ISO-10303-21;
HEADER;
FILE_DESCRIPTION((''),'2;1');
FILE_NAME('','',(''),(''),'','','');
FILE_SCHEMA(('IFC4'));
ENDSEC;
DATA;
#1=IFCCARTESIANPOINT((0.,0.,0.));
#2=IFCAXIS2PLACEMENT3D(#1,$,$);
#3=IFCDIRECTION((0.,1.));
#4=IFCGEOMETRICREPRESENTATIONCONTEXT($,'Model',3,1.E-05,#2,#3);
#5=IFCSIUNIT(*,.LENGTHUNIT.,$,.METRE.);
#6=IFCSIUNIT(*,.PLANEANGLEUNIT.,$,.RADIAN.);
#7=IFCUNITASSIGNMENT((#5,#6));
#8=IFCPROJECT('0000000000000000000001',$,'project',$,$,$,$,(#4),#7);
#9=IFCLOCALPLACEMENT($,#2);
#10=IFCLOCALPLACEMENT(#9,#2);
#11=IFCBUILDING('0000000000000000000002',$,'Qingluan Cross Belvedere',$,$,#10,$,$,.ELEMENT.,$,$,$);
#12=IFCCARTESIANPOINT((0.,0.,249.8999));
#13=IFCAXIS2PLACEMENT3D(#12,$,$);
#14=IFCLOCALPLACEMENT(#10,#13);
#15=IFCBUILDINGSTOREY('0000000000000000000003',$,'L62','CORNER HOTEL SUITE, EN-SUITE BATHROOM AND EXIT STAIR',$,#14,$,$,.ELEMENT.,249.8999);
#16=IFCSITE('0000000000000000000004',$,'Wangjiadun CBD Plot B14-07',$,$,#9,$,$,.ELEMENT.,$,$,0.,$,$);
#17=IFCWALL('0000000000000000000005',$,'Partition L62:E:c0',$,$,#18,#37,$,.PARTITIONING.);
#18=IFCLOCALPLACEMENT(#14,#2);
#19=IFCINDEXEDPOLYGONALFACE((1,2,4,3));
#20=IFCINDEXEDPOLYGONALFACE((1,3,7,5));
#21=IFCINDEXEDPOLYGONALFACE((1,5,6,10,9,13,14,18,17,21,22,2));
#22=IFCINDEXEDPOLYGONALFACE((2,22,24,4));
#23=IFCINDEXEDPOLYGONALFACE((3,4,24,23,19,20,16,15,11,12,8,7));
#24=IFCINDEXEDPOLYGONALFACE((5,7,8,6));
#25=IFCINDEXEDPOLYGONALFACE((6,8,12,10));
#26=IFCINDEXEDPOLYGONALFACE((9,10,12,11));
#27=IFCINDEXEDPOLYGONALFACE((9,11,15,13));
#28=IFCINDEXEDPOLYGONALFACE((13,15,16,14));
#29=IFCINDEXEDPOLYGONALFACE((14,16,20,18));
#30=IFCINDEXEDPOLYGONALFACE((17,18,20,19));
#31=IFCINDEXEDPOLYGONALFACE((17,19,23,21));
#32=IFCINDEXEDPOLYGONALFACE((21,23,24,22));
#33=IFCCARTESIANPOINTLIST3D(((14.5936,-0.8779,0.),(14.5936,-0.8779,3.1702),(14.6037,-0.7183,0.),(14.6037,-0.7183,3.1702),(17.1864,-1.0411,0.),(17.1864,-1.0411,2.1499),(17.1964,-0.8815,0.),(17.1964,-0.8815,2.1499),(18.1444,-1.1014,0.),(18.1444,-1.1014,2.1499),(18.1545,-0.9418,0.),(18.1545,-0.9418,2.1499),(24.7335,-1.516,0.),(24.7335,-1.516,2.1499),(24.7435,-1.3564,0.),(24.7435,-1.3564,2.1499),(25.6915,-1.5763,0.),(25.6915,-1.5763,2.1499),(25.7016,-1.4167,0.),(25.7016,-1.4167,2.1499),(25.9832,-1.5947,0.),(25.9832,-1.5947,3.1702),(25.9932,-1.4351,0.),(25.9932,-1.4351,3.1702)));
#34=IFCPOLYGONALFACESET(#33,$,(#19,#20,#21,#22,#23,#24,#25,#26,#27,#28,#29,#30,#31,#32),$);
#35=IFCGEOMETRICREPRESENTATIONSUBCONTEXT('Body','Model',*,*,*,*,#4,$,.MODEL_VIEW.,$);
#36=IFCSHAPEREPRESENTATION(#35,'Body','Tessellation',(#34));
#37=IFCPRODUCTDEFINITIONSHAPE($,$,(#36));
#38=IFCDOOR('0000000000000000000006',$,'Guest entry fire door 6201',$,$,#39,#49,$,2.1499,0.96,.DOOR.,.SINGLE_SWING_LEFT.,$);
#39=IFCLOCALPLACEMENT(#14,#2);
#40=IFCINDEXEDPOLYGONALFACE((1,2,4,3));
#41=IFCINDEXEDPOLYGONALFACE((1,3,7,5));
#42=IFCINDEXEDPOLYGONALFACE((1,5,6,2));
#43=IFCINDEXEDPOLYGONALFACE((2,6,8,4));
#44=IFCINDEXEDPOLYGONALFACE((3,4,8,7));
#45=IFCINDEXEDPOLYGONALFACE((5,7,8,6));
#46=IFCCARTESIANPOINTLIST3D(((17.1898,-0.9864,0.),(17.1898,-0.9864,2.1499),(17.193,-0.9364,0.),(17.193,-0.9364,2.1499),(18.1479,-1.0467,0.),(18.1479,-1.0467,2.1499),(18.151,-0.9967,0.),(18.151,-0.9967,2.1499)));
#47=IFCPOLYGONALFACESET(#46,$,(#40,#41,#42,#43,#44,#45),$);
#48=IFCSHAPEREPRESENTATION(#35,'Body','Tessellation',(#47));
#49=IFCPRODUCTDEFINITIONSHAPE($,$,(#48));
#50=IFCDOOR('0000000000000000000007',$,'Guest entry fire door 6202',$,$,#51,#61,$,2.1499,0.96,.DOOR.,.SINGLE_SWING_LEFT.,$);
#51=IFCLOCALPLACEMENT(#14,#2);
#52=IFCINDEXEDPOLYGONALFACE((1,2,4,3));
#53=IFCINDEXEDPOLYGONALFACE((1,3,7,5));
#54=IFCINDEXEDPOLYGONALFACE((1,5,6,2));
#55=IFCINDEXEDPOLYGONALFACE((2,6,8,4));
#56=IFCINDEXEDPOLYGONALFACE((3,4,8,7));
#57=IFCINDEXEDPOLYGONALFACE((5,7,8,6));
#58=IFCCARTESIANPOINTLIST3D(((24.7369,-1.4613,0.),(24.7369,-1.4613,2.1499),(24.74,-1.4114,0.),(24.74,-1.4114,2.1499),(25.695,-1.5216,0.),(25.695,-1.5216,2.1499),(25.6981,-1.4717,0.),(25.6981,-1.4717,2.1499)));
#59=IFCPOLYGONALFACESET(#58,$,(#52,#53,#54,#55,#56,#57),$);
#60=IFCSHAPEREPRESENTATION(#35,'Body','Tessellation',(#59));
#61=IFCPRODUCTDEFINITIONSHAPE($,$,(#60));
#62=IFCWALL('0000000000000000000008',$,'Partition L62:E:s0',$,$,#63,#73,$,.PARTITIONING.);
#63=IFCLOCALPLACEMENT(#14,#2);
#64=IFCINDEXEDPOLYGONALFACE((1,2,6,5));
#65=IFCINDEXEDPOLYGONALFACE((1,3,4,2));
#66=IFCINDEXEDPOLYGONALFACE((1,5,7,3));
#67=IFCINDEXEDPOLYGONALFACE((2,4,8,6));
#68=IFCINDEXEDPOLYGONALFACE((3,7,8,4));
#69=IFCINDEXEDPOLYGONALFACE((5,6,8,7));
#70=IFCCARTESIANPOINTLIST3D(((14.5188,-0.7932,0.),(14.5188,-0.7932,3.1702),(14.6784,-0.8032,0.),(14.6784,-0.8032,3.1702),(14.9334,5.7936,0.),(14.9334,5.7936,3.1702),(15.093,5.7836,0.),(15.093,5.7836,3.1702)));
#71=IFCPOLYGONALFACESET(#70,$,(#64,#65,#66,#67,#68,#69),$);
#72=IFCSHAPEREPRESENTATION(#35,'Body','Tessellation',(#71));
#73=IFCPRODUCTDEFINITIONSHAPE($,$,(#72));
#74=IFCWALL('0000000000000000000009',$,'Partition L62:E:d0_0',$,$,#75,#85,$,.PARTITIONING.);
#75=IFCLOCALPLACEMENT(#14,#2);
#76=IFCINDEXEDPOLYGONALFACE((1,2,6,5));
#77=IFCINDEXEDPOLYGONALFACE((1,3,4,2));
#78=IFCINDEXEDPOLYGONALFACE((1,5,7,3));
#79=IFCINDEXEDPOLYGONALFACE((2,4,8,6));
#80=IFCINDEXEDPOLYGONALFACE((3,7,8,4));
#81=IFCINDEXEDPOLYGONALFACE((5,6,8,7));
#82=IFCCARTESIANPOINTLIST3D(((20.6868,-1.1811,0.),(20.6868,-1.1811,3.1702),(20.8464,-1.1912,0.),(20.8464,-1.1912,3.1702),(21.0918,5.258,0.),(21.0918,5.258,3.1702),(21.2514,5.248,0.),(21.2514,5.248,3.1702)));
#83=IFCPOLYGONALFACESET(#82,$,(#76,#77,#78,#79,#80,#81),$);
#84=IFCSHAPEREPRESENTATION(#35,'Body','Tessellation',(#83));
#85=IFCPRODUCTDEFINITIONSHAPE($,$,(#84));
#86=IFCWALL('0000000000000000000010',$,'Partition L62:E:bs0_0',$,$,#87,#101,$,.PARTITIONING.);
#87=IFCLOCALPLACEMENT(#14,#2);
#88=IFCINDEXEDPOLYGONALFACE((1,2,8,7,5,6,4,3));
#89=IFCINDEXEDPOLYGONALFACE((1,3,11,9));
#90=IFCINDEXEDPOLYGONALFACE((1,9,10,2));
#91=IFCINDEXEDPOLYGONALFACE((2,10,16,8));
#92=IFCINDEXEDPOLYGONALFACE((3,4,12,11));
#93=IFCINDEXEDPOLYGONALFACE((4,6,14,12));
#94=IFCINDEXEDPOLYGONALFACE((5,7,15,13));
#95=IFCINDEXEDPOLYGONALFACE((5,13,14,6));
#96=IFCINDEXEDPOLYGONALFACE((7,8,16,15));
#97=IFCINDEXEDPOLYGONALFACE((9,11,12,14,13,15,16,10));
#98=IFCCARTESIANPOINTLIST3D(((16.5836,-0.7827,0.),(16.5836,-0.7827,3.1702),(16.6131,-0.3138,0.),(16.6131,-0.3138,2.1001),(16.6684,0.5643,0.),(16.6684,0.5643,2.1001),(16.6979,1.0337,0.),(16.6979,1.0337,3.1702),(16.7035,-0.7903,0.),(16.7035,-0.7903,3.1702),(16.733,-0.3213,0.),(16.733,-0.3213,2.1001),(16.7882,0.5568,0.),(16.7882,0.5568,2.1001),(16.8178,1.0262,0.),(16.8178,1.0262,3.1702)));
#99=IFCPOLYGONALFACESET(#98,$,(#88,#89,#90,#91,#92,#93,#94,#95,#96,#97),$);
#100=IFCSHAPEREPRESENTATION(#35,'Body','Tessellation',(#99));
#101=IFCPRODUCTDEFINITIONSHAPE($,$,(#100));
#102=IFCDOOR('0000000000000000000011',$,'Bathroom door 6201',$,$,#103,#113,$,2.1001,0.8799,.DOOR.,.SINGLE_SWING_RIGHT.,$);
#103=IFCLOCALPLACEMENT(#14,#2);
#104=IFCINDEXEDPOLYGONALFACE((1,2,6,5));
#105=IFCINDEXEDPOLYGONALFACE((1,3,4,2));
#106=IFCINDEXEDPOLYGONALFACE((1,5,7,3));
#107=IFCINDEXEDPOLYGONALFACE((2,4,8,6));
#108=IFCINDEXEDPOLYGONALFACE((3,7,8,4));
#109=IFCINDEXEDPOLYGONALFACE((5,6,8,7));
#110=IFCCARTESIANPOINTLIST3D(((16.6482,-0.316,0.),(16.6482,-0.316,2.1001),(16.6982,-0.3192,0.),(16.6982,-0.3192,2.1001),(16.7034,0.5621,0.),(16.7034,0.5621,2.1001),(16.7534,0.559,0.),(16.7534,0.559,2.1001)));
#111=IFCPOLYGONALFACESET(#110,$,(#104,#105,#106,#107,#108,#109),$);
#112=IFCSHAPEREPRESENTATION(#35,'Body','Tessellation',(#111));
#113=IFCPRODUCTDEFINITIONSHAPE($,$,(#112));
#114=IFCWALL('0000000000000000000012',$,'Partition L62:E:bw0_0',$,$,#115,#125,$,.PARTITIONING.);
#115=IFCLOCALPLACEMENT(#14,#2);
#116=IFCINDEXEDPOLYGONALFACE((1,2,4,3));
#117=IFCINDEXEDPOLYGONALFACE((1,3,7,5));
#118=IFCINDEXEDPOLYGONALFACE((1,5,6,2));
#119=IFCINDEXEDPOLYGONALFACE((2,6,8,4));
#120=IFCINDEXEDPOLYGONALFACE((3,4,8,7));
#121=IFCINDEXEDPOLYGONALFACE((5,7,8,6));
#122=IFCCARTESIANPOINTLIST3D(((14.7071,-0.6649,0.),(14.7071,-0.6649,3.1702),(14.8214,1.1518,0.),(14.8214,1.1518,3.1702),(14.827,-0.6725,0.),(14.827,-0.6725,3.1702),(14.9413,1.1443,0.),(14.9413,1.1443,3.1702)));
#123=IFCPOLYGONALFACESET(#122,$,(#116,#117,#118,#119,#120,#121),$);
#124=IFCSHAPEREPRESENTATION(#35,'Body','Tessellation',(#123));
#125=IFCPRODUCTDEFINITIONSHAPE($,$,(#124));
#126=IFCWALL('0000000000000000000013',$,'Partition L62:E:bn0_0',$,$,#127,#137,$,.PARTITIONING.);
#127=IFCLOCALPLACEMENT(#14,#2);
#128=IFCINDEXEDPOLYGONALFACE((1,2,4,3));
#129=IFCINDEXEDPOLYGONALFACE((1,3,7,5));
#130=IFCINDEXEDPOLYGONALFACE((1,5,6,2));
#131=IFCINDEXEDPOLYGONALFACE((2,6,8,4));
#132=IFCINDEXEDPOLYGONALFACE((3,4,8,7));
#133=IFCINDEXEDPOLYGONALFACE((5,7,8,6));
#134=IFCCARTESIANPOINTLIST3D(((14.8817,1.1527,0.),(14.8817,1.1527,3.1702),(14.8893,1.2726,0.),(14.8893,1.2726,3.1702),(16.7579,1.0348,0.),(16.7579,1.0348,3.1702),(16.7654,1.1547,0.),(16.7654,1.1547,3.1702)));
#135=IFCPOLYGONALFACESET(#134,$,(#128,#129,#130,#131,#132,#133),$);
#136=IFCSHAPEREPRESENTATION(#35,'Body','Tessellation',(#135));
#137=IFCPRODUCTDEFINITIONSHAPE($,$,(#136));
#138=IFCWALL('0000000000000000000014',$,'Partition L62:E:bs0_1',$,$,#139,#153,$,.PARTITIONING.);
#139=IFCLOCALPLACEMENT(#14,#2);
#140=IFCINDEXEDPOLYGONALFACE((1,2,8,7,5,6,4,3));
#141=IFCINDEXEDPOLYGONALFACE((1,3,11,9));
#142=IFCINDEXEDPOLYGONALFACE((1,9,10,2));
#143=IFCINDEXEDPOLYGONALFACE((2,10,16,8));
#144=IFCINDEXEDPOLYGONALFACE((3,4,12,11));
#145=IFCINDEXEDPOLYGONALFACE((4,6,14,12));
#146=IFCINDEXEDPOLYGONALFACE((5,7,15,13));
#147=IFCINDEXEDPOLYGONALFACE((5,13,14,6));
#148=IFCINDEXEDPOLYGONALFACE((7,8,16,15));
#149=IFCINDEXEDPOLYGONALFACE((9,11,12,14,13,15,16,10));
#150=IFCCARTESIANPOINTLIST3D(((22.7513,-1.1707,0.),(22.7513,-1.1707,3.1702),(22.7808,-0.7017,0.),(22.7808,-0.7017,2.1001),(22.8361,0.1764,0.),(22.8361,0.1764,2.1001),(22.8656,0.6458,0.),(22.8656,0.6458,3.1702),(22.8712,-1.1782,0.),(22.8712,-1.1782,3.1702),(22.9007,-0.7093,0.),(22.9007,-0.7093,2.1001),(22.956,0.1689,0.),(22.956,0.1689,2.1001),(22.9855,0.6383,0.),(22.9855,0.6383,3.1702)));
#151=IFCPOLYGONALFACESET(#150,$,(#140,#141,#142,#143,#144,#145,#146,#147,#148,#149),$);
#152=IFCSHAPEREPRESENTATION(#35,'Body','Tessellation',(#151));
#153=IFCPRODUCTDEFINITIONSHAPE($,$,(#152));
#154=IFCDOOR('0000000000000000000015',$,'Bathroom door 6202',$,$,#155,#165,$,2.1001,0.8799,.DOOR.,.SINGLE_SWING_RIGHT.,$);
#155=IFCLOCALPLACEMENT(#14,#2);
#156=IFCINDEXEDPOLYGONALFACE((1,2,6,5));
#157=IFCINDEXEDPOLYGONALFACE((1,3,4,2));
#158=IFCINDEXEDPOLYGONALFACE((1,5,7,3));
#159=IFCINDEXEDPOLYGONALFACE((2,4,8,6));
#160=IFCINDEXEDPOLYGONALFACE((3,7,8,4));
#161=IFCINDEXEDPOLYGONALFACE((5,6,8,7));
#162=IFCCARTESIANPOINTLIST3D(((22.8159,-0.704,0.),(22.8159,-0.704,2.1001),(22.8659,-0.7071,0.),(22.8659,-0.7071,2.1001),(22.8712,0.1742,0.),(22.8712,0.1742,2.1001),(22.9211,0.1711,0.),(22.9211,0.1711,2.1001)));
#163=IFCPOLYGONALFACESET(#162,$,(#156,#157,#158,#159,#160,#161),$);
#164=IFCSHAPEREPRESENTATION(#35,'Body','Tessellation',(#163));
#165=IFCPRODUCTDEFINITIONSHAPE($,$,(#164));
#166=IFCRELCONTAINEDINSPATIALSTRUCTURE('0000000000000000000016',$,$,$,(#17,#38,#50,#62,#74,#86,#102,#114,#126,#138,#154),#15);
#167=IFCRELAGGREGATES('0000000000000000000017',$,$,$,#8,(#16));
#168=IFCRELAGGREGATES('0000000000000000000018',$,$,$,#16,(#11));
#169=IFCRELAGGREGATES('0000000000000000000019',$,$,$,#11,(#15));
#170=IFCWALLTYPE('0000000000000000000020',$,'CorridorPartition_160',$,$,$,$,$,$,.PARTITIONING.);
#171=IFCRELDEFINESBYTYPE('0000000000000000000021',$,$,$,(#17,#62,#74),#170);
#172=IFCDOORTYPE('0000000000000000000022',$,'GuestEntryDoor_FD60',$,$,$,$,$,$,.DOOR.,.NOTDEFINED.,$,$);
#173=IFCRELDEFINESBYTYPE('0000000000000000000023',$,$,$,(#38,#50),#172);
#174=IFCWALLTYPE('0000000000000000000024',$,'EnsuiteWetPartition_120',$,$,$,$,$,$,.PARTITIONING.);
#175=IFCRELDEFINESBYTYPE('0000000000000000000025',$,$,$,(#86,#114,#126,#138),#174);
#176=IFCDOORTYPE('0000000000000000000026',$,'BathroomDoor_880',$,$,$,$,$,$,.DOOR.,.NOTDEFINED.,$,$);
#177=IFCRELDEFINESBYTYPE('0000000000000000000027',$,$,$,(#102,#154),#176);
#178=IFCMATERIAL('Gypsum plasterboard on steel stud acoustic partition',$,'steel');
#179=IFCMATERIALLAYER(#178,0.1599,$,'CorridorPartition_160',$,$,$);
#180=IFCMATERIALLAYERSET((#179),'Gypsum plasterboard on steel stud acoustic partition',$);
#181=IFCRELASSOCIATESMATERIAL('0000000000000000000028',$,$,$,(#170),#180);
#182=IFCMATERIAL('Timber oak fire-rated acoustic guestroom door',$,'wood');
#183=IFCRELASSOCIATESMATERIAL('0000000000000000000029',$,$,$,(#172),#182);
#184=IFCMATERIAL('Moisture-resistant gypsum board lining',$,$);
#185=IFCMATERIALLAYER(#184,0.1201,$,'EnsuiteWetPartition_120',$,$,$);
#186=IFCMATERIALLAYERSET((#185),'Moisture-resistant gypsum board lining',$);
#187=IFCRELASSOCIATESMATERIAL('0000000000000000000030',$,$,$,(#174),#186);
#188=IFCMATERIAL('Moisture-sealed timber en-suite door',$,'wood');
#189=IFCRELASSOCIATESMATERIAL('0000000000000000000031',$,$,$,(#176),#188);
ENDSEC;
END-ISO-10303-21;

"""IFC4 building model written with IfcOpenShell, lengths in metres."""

from ifc_helpers import new_model, si_unit, direction, frame, frame_2d, origin, place, context, subcontext, project, spatial, rectangle, extrude, material, layer, layer_set, type_object, element, fill, save


model = new_model("IFC4")

# Units and contexts
model_context = context("Model", 3, precision=1e-05, world=origin(), true_north=direction((0.0, 1.0)))
body_context = subcontext(model_context, "Body", "Model", "MODEL_VIEW")
ifc_project = project(units=[si_unit("LENGTHUNIT", "METRE"), si_unit("PLANEANGLEUNIT", "RADIAN")], contexts=[model_context])

# Site, building, storey
site_placement = place(None, origin())
site = spatial("IfcSite", under=ifc_project, at=site_placement, Name="Wangjiadun CBD Plot B14-07", CompositionType="ELEMENT", RefElevation=0.0)
building_placement = place(site_placement, origin())
building = spatial("IfcBuilding", under=site, at=building_placement, Name="Qingluan Cross Belvedere", CompositionType="ELEMENT")
storey_placement = place(building_placement, frame((0.0, 0.0, 249.8999)))
storey = spatial("IfcBuildingStorey", under=building, at=storey_placement, Name="L62", Description="CORNER HOTEL SUITE, EN-SUITE BATHROOM AND EXIT STAIR", CompositionType="ELEMENT", Elevation=249.8999)

# Shared definitions
ifc_material_1 = material(Name="Gypsum plasterboard on steel stud acoustic partition", Category="steel")
ifc_layer_1 = layer(ifc_material_1, 0.1599, Name="CorridorPartition_160")
ifc_layer_set_1 = layer_set([ifc_layer_1], Name="Gypsum plasterboard on steel stud acoustic partition")
wall_type_1 = type_object("IfcWallType", Name="CorridorPartition_160", PredefinedType="PARTITIONING", material=ifc_layer_set_1)

# Wall, openings, doors
wall_1_placement = place(storey_placement, frame((14.5986, -0.7981, 0.0), z_axis=(0.0, 0.0, 1.0), x_axis=(0.998026, -0.06281, 0.0)))
wall_1 = element("IfcWall", 1, at=wall_1_placement, inside=storey, type_object=wall_type_1, Name="Partition L62:E:c0", PredefinedType="PARTITIONING", context=body_context, shape_type="SweptSolid", body=[
    extrude(rectangle(XDim=11.4121, YDim=0.1599, at=frame_2d((5.7061, 0.0))), origin(), (0.0, 0.0, 1.0), 3.1702),
])
opening_1_placement = place(wall_1_placement, frame((2.5979, 0.0, 0.0)))
opening_1 = element("IfcOpeningElement", 2, at=opening_1_placement, cuts=wall_1, PredefinedType="OPENING", context=body_context, shape_type="SweptSolid", body=[
    extrude(rectangle(XDim=0.96, YDim=2.1499, at=frame_2d((0.48, 1.075))), frame((0.0, 0.0898, 0.0), z_axis=(0.0, -1.0, 0.0), x_axis=(1.0, 0.0, 0.0)), (0.0, 0.0, 1.0), 0.1799),
])
opening_2_placement = place(wall_1_placement, frame((10.1599, 0.0, 0.0)))
opening_2 = element("IfcOpeningElement", 3, at=opening_2_placement, cuts=wall_1, PredefinedType="OPENING", context=body_context, shape_type="SweptSolid", body=[
    extrude(rectangle(XDim=0.96, YDim=2.1499, at=frame_2d((0.48, 1.075))), frame((0.0, 0.0898, 0.0), z_axis=(0.0, -1.0, 0.0), x_axis=(1.0, 0.0, 0.0)), (0.0, 0.0, 1.0), 0.1799),
])
ifc_material_2 = material(Name="Timber oak fire-rated acoustic guestroom door", Category="wood")
door_type_1 = type_object("IfcDoorType", Name="GuestEntryDoor_FD60", OperationType="NOTDEFINED", PredefinedType="DOOR", material=ifc_material_2)
door_1_placement = place(opening_1_placement, origin())
door_1 = element("IfcDoor", 4, at=door_1_placement, inside=storey, type_object=door_type_1, Name="Guest entry fire door 6201", OperationType="SINGLE_SWING_LEFT", OverallHeight=2.1499, OverallWidth=0.96, PredefinedType="DOOR", context=body_context, shape_type="SweptSolid", body=[
    extrude(rectangle(XDim=0.96, YDim=2.1499, at=frame_2d((0.48, 1.075))), frame((0.0, 0.0249, 0.0), z_axis=(0.0, -1.0, 0.0), x_axis=(1.0, 0.0, 0.0)), (0.0, 0.0, 1.0), 0.05),
])
fill(opening_1, door_1)
door_2_placement = place(opening_2_placement, origin())
door_2 = element("IfcDoor", 5, at=door_2_placement, inside=storey, type_object=door_type_1, Name="Guest entry fire door 6202", OperationType="SINGLE_SWING_LEFT", OverallHeight=2.1499, OverallWidth=0.96, PredefinedType="DOOR", context=body_context, shape_type="SweptSolid", body=[
    extrude(rectangle(XDim=0.96, YDim=2.1499, at=frame_2d((0.48, 1.075))), frame((0.0, 0.0249, 0.0), z_axis=(0.0, -1.0, 0.0), x_axis=(1.0, 0.0, 0.0)), (0.0, 0.0, 1.0), 0.05),
])
fill(opening_2, door_2)

# Walls
wall_2_placement = place(storey_placement, frame((14.5986, -0.7981, 0.0), z_axis=(0.0, 0.0, 1.0), x_axis=(0.062811, 0.998025, 0.0)))
element("IfcWall", 6, at=wall_2_placement, inside=storey, type_object=wall_type_1, Name="Partition L62:E:s0", PredefinedType="PARTITIONING", context=body_context, shape_type="SweptSolid", body=[
    extrude(rectangle(XDim=6.5999, YDim=0.1599, at=frame_2d((3.2998, 0.0))), origin(), (0.0, 0.0, 1.0), 3.1702),
])
wall_3_placement = place(storey_placement, frame((20.7666, -1.1863, 0.0), z_axis=(0.0, 0.0, 1.0), x_axis=(0.062776, 0.998028, 0.0)))
element("IfcWall", 7, at=wall_3_placement, inside=storey, type_object=wall_type_1, Name="Partition L62:E:d0_0", PredefinedType="PARTITIONING", context=body_context, shape_type="SweptSolid", body=[
    extrude(rectangle(XDim=6.4519, YDim=0.1599, at=frame_2d((3.2261, 0.0))), origin(), (0.0, 0.0, 1.0), 3.1702),
])

# Wall, opening, door
ifc_material_3 = material(Name="Moisture-resistant gypsum board lining")
ifc_layer_2 = layer(ifc_material_3, 0.1201, Name="EnsuiteWetPartition_120")
ifc_layer_set_2 = layer_set([ifc_layer_2], Name="Moisture-resistant gypsum board lining")
wall_type_2 = type_object("IfcWallType", Name="EnsuiteWetPartition_120", PredefinedType="PARTITIONING", material=ifc_layer_set_2)
wall_4_placement = place(storey_placement, frame((16.6436, -0.7866, 0.0), z_axis=(0.0, 0.0, 1.0), x_axis=(0.062779, 0.998027, 0.0)))
wall_4 = element("IfcWall", 8, at=wall_4_placement, inside=storey, type_object=wall_type_2, Name="Partition L62:E:bs0_0", PredefinedType="PARTITIONING", context=body_context, shape_type="SweptSolid", body=[
    extrude(rectangle(XDim=1.8201, YDim=0.1201, at=frame_2d((0.9102, 0.0))), origin(), (0.0, 0.0, 1.0), 3.1702),
])
opening_3_placement = place(wall_4_placement, frame((0.47, 0.0, 0.0)))
opening_3 = element("IfcOpeningElement", 9, at=opening_3_placement, cuts=wall_4, PredefinedType="OPENING", context=body_context, shape_type="SweptSolid", body=[
    extrude(rectangle(XDim=0.8799, YDim=2.1001, at=frame_2d((0.4399, 1.05))), frame((0.0, 0.0701, 0.0), z_axis=(0.0, -1.0, 0.0), x_axis=(1.0, 0.0, 0.0)), (0.0, 0.0, 1.0), 0.1401),
])
ifc_material_4 = material(Name="Moisture-sealed timber en-suite door", Category="wood")
door_type_2 = type_object("IfcDoorType", Name="BathroomDoor_880", OperationType="NOTDEFINED", PredefinedType="DOOR", material=ifc_material_4)
door_3_placement = place(opening_3_placement, origin())
door_3 = element("IfcDoor", 10, at=door_3_placement, inside=storey, type_object=door_type_2, Name="Bathroom door 6201", OperationType="SINGLE_SWING_RIGHT", OverallHeight=2.1001, OverallWidth=0.8799, PredefinedType="DOOR", context=body_context, shape_type="SweptSolid", body=[
    extrude(rectangle(XDim=0.8799, YDim=2.1001, at=frame_2d((0.4399, 1.05))), frame((0.0, 0.0249, 0.0), z_axis=(0.0, -1.0, 0.0), x_axis=(1.0, 0.0, 0.0)), (0.0, 0.0, 1.0), 0.05),
])
fill(opening_3, door_3)

# Walls
wall_5_placement = place(storey_placement, frame((14.7671, -0.6687, 0.0), z_axis=(0.0, 0.0, 1.0), x_axis=(0.062771, 0.998028, 0.0)))
element("IfcWall", 11, at=wall_5_placement, inside=storey, type_object=wall_type_2, Name="Partition L62:E:bw0_0", PredefinedType="PARTITIONING", context=body_context, shape_type="SweptSolid", body=[
    extrude(rectangle(XDim=1.8203, YDim=0.1201, at=frame_2d((0.9102, 0.0))), origin(), (0.0, 0.0, 1.0), 3.1702),
])
wall_6_placement = place(storey_placement, frame((14.8855, 1.2126, 0.0), z_axis=(0.0, 0.0, 1.0), x_axis=(0.998031, -0.062726, 0.0)))
element("IfcWall", 12, at=wall_6_placement, inside=storey, type_object=wall_type_2, Name="Partition L62:E:bn0_0", PredefinedType="PARTITIONING", context=body_context, shape_type="SweptSolid", body=[
    extrude(rectangle(XDim=1.8799, YDim=0.1201, at=frame_2d((0.9399, 0.0))), origin(), (0.0, 0.0, 1.0), 3.1702),
])

# Wall, opening, door
wall_7_placement = place(storey_placement, frame((22.8113, -1.1746, 0.0), z_axis=(0.0, 0.0, 1.0), x_axis=(0.062779, 0.998027, 0.0)))
wall_7 = element("IfcWall", 13, at=wall_7_placement, inside=storey, type_object=wall_type_2, Name="Partition L62:E:bs0_1", PredefinedType="PARTITIONING", context=body_context, shape_type="SweptSolid", body=[
    extrude(rectangle(XDim=1.8201, YDim=0.1201, at=frame_2d((0.9102, 0.0))), origin(), (0.0, 0.0, 1.0), 3.1702),
])
opening_4_placement = place(wall_7_placement, frame((0.47, 0.0, 0.0)))
opening_4 = element("IfcOpeningElement", 14, at=opening_4_placement, cuts=wall_7, PredefinedType="OPENING", context=body_context, shape_type="SweptSolid", body=[
    extrude(rectangle(XDim=0.8799, YDim=2.1001, at=frame_2d((0.4399, 1.05))), frame((0.0, 0.0701, 0.0), z_axis=(0.0, -1.0, 0.0), x_axis=(1.0, 0.0, 0.0)), (0.0, 0.0, 1.0), 0.1401),
])
door_4_placement = place(opening_4_placement, origin())
door_4 = element("IfcDoor", 15, at=door_4_placement, inside=storey, type_object=door_type_2, Name="Bathroom door 6202", OperationType="SINGLE_SWING_RIGHT", OverallHeight=2.1001, OverallWidth=0.8799, PredefinedType="DOOR", context=body_context, shape_type="SweptSolid", body=[
    extrude(rectangle(XDim=0.8799, YDim=2.1001, at=frame_2d((0.4399, 1.05))), frame((0.0, 0.0249, 0.0), z_axis=(0.0, -1.0, 0.0), x_axis=(1.0, 0.0, 0.0)), (0.0, 0.0, 1.0), 0.05),
])
fill(opening_4, door_4)

save(model, "model.ifc")
